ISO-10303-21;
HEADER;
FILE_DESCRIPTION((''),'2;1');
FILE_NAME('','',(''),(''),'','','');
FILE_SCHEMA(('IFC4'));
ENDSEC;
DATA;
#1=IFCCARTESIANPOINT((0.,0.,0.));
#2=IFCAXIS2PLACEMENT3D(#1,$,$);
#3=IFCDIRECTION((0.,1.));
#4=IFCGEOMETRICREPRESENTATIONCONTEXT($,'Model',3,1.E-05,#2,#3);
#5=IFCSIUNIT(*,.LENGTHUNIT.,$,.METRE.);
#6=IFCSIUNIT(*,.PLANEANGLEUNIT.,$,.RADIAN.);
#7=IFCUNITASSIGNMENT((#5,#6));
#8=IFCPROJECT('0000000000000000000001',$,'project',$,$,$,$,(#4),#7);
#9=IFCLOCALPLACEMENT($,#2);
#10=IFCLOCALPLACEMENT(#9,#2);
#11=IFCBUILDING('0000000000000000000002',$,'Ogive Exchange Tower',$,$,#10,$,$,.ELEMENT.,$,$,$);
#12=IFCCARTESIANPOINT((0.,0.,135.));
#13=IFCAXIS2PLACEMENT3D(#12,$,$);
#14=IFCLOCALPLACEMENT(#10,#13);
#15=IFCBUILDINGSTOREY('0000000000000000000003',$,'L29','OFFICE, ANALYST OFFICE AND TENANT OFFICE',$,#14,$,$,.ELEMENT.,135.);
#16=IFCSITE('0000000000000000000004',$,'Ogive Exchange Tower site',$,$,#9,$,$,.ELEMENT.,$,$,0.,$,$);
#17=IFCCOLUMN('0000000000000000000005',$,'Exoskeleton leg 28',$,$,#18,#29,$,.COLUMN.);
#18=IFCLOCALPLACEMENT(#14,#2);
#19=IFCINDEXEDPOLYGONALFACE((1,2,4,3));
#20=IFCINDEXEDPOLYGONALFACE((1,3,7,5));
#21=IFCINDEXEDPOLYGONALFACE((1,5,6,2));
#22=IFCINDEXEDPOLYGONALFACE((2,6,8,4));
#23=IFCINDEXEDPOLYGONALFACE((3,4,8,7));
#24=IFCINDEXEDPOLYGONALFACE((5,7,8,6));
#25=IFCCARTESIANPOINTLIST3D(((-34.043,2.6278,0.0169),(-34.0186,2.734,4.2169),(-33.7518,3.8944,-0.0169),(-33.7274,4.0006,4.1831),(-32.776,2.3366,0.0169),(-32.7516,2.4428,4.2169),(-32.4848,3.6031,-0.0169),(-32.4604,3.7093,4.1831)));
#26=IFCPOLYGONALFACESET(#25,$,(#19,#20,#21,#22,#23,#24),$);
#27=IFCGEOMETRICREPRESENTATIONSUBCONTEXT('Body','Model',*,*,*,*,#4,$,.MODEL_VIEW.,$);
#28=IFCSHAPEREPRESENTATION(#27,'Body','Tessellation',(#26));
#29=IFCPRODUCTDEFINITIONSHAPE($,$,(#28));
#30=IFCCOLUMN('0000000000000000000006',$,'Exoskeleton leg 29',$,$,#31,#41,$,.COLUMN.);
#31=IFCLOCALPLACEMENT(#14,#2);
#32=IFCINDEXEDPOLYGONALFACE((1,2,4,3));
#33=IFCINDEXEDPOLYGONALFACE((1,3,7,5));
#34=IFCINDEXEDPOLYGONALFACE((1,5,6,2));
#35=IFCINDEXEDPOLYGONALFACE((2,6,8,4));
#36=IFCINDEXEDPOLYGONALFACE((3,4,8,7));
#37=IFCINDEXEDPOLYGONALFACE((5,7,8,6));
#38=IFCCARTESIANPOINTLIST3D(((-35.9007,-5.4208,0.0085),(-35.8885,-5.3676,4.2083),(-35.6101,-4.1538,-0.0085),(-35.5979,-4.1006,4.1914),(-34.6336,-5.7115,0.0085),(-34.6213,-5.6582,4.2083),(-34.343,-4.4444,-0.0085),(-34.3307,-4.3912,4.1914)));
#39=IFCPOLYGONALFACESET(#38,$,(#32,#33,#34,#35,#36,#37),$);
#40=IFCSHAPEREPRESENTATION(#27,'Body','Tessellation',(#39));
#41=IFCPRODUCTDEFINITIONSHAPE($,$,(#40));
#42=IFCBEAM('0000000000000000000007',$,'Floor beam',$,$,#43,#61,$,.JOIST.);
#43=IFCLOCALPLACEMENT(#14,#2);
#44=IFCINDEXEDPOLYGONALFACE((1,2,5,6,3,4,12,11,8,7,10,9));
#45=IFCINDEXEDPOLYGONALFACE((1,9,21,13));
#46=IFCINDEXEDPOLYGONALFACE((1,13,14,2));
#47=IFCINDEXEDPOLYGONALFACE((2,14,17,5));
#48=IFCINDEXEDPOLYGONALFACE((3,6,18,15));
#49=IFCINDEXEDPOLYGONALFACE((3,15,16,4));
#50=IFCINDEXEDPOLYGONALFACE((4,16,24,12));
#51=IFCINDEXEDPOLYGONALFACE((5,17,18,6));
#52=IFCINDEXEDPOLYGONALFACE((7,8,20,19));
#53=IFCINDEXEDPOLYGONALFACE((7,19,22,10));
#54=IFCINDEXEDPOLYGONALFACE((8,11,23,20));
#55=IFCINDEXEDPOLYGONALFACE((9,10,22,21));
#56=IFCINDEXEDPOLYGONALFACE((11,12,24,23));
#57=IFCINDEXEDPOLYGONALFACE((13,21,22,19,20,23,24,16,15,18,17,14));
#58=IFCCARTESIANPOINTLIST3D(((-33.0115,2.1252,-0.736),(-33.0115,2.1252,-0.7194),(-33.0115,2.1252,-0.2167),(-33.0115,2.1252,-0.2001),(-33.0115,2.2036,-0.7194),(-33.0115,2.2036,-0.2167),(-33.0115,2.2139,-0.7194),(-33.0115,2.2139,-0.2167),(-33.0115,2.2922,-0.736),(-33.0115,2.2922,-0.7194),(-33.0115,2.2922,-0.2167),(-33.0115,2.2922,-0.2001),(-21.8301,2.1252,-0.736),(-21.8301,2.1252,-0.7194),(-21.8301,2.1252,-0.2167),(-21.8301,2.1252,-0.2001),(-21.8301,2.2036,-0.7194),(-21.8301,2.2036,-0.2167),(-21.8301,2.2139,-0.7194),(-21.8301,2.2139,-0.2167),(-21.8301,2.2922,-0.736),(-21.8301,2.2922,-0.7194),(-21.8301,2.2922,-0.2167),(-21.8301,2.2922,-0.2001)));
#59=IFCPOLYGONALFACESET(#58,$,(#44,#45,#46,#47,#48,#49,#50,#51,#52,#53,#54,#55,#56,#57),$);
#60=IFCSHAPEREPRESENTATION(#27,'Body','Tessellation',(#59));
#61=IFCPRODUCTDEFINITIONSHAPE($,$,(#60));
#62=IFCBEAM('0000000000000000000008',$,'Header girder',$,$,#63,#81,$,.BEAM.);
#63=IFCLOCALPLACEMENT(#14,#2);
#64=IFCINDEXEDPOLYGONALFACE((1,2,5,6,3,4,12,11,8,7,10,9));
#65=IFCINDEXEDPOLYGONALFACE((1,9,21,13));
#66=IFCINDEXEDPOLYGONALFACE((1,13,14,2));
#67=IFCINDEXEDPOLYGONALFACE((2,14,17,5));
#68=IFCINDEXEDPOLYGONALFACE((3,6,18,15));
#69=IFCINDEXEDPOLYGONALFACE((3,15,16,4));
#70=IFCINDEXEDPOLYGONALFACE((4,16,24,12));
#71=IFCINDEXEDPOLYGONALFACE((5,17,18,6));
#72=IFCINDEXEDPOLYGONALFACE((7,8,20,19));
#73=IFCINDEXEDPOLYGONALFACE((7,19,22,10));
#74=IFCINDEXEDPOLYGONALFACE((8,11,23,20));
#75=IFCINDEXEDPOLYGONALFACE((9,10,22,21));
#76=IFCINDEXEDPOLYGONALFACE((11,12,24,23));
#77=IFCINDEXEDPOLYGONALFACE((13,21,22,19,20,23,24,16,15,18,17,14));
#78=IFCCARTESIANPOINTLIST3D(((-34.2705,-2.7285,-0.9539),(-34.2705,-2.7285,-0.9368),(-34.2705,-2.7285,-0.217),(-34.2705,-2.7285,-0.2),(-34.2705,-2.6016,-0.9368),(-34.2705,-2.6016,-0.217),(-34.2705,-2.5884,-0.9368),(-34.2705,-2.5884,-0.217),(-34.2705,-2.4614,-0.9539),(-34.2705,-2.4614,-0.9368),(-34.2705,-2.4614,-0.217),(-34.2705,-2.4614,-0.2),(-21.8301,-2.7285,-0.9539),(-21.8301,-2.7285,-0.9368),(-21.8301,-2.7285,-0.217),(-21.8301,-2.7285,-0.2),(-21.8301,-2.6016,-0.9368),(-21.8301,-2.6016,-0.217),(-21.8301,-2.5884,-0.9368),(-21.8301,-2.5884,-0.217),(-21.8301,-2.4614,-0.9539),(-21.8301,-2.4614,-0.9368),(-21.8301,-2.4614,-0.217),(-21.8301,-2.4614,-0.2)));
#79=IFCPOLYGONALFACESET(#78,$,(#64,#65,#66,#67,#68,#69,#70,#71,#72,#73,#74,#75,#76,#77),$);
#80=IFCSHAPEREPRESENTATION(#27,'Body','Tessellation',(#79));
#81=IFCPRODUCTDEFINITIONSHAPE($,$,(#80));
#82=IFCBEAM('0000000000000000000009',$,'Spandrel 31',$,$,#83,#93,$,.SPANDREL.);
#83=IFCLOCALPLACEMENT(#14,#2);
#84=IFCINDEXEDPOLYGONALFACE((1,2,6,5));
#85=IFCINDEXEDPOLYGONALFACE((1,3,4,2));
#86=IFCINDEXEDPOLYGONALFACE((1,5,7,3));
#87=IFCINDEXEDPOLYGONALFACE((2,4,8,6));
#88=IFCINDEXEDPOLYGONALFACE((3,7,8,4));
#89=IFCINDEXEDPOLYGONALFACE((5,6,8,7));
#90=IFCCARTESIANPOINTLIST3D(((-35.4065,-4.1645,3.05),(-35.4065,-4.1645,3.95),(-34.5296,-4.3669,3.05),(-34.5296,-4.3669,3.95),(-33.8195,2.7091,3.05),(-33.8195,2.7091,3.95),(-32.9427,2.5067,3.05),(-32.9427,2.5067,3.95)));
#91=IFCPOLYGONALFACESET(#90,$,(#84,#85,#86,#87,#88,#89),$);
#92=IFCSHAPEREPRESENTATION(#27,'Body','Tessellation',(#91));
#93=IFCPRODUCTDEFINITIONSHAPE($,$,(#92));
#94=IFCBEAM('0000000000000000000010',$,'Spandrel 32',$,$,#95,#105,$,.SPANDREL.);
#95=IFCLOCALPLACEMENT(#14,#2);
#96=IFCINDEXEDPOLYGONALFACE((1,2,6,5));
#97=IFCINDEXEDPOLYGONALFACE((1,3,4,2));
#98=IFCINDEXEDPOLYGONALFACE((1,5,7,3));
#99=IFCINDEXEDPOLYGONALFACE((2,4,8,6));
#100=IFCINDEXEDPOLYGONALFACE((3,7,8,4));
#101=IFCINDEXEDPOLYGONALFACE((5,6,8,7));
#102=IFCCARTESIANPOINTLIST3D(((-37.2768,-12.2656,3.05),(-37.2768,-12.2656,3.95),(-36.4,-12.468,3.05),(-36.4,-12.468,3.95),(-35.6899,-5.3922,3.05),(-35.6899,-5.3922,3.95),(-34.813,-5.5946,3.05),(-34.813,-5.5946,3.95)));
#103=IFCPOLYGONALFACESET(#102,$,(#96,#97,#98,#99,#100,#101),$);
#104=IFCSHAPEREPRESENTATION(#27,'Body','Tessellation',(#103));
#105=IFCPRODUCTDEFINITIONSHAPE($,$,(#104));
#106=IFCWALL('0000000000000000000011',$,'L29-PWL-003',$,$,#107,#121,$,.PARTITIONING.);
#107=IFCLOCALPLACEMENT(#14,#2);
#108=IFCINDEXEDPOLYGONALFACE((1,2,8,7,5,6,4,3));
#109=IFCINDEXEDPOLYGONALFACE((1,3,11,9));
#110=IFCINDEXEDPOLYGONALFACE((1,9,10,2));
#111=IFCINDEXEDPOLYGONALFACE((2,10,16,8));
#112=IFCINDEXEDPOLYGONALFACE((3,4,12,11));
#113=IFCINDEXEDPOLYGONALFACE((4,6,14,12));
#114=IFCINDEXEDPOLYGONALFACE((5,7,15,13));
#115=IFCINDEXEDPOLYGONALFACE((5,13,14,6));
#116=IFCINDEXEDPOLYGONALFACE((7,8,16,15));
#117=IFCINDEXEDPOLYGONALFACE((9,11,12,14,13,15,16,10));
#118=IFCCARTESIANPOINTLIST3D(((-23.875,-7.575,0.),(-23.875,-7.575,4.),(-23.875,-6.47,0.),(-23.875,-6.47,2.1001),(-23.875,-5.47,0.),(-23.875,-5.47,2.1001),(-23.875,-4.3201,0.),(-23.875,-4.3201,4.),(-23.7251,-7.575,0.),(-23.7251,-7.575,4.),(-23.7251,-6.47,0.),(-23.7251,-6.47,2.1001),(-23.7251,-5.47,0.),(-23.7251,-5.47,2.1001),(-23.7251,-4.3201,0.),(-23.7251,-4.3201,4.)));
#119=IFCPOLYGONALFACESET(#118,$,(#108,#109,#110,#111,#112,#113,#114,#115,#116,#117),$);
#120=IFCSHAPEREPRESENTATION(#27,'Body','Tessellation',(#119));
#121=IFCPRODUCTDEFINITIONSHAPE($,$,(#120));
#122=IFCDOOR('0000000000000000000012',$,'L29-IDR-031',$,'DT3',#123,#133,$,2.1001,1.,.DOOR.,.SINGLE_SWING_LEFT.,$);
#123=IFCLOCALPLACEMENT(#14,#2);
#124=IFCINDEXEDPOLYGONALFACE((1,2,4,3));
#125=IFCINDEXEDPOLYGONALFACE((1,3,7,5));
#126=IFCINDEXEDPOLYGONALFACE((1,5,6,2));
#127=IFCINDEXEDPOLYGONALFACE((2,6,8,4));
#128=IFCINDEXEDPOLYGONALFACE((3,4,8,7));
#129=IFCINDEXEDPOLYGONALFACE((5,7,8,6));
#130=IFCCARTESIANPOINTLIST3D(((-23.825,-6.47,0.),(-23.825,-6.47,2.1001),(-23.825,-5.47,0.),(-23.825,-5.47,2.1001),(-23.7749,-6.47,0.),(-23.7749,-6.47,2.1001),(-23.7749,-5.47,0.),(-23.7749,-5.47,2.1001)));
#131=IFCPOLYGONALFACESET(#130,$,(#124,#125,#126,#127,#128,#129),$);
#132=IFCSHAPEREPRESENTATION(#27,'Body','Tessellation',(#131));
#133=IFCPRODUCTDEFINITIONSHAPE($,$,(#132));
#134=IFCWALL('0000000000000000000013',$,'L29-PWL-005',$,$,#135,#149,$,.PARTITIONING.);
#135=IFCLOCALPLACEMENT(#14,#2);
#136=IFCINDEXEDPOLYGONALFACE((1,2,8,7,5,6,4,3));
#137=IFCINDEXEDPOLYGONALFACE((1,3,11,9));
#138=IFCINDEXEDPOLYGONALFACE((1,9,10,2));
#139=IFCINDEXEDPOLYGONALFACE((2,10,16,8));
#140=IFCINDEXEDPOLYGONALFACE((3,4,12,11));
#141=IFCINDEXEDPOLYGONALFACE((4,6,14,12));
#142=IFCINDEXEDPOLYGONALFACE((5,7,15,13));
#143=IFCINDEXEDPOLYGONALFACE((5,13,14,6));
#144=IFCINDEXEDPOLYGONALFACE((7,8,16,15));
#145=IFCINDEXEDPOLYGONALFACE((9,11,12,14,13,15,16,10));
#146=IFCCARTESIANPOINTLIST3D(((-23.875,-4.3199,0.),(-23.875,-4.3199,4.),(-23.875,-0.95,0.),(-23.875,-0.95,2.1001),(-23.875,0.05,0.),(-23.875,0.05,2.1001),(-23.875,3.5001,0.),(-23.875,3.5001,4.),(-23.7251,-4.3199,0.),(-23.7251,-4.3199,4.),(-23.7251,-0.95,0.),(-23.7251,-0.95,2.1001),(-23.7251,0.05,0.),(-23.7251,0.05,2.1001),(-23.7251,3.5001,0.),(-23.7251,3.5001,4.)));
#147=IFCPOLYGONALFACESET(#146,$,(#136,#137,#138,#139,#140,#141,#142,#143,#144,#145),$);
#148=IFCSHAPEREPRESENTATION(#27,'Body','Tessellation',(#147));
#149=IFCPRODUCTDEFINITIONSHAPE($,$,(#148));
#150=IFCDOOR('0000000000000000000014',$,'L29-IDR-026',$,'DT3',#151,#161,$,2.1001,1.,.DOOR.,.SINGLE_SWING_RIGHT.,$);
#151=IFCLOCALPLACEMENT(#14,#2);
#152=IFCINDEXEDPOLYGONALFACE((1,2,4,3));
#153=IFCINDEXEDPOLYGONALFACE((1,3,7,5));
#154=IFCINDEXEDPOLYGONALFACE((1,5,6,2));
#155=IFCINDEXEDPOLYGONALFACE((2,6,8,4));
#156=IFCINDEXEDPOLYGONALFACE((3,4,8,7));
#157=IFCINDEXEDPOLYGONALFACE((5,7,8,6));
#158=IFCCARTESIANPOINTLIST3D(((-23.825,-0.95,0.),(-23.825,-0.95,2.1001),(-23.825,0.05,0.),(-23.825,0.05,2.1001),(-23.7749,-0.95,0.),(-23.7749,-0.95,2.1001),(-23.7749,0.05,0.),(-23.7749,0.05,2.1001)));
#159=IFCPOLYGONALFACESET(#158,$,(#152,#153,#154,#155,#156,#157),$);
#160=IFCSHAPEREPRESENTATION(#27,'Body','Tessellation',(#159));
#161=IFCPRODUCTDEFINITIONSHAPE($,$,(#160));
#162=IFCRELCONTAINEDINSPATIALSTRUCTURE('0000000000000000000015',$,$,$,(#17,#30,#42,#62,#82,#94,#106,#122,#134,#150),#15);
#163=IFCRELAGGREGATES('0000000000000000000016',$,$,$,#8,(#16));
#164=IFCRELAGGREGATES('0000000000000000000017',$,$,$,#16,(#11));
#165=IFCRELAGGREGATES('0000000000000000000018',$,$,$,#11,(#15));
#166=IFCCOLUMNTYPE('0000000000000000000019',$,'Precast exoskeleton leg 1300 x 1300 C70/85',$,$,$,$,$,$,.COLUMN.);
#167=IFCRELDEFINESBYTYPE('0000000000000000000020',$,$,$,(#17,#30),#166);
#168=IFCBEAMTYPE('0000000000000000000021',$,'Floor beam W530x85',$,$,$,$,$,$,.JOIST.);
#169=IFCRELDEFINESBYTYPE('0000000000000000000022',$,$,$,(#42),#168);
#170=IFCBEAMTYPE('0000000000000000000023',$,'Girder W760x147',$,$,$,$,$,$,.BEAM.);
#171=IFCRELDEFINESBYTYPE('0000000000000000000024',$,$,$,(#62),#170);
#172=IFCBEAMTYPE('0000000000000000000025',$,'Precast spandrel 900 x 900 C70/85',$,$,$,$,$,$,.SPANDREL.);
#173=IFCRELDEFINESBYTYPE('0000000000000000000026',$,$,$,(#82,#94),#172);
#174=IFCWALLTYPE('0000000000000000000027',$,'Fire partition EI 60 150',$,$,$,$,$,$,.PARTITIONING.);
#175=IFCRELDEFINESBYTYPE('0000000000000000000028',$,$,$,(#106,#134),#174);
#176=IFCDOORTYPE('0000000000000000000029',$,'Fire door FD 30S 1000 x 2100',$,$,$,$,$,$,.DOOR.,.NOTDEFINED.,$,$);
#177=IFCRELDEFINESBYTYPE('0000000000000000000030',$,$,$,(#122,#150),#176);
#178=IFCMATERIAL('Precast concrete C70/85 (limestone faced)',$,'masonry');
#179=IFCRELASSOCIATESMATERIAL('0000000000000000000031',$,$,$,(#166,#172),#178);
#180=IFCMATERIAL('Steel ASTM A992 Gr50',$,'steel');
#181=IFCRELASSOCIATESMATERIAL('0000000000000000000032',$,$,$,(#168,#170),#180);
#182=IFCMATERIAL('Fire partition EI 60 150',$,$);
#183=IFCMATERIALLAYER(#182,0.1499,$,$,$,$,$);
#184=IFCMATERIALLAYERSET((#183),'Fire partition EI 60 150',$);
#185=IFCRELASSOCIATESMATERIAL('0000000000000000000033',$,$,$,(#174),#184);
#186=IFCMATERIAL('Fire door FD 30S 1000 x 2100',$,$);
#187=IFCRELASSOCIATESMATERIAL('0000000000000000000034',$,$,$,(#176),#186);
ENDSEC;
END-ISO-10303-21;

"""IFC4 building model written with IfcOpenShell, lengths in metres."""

from ifc_helpers import new_model, si_unit, direction, frame, frame_2d, origin, origin_2d, place, context, subcontext, project, spatial, rectangle, i_section, extrude, material, layer, layer_set, material_profile, profile_set, type_object, element, fill, save


model = new_model("IFC4")

# Units and contexts
model_context = context("Model", 3, precision=1e-05, world=origin(), true_north=direction((0.0, 1.0)))
body_context = subcontext(model_context, "Body", "Model", "MODEL_VIEW")
ifc_project = project(units=[si_unit("LENGTHUNIT", "METRE"), si_unit("PLANEANGLEUNIT", "RADIAN")], contexts=[model_context])

# Site, building, storey
site_placement = place(None, origin())
site = spatial("IfcSite", under=ifc_project, at=site_placement, Name="Ogive Exchange Tower site", CompositionType="ELEMENT", RefElevation=0.0)
building_placement = place(site_placement, origin())
building = spatial("IfcBuilding", under=site, at=building_placement, Name="Ogive Exchange Tower", CompositionType="ELEMENT")
storey_placement = place(building_placement, frame((0.0, 0.0, 135.0)))
storey = spatial("IfcBuildingStorey", under=building, at=storey_placement, Name="L29", Description="OFFICE, ANALYST OFFICE AND TENANT OFFICE", CompositionType="ELEMENT", Elevation=135.0)

# Columns
ifc_material_1 = material(Name="Precast concrete C70/85 (limestone faced)", Category="masonry")
ifc_material_profile_1 = material_profile(ifc_material_1, rectangle(XDim=1.3, YDim=1.3, at=origin_2d()), Name="1300 x 1300")
ifc_profile_set_1 = profile_set([ifc_material_profile_1], Name="Precast concrete C70/85 (limestone faced)")
column_type = type_object("IfcColumnType", Name="Precast exoskeleton leg 1300 x 1300 C70/85", PredefinedType="COLUMN", material=ifc_profile_set_1)
column_1_placement = place(storey_placement, frame((-33.2639, 3.1155, 0.0), z_axis=(0.005811, 0.025278, 0.999664), x_axis=(-0.97458, 0.224041, 0.0)))
element("IfcColumn", 1, at=column_1_placement, inside=storey, type_object=column_type, Name="Exoskeleton leg 28", PredefinedType="COLUMN", context=body_context, shape_type="SweptSolid", body=[
    extrude(rectangle(XDim=1.3, YDim=1.3, at=origin_2d()), origin(), (0.0, 0.0, 1.0), 4.2014),
])
column_2_placement = place(storey_placement, frame((-35.1218, -4.9326, 0.0), z_axis=(0.002906, 0.012671, 0.999915), x_axis=(-0.974692, 0.223553, 0.0)))
element("IfcColumn", 2, at=column_2_placement, inside=storey, type_object=column_type, Name="Exoskeleton leg 29", PredefinedType="COLUMN", context=body_context, shape_type="SweptSolid", body=[
    extrude(rectangle(XDim=1.3, YDim=1.3, at=origin_2d()), origin(), (0.0, 0.0, 1.0), 4.2002),
])

# Beams
ifc_material_2 = material(Name="Steel ASTM A992 Gr50", Category="steel")
ifc_material_profile_2 = material_profile(ifc_material_2, i_section(OverallWidth=0.167, OverallDepth=0.5359, WebThickness=0.0103, FlangeThickness=0.0166, at=origin_2d()), Name="W530x85")
ifc_profile_set_2 = profile_set([ifc_material_profile_2], Name="Steel ASTM A992 Gr50")
beam_type_1 = type_object("IfcBeamType", Name="Floor beam W530x85", PredefinedType="JOIST", material=ifc_profile_set_2)
beam_1_placement = place(storey_placement, frame((-33.0115, 2.2087, -0.468), z_axis=(1.0, 0.0, 0.0), x_axis=(0.0, 1.0, 0.0)))
element("IfcBeam", 3, at=beam_1_placement, inside=storey, type_object=beam_type_1, Name="Floor beam", PredefinedType="JOIST", context=body_context, shape_type="SweptSolid", body=[
    extrude(i_section(OverallWidth=0.167, OverallDepth=0.5359, WebThickness=0.0103, FlangeThickness=0.0166, at=origin_2d()), origin(), (0.0, 0.0, 1.0), 11.1814),
])
ifc_material_profile_3 = material_profile(ifc_material_2, i_section(OverallWidth=0.2671, OverallDepth=0.7539, WebThickness=0.0132, FlangeThickness=0.0171, at=origin_2d()), Name="W760x147")
ifc_profile_set_3 = profile_set([ifc_material_profile_3], Name="Steel ASTM A992 Gr50")
beam_type_2 = type_object("IfcBeamType", Name="Girder W760x147", PredefinedType="BEAM", material=ifc_profile_set_3)
beam_2_placement = place(storey_placement, frame((-34.2705, -2.595, -0.5769), z_axis=(1.0, 0.0, 0.0), x_axis=(0.0, 1.0, 0.0)))
element("IfcBeam", 4, at=beam_2_placement, inside=storey, type_object=beam_type_2, Name="Header girder", PredefinedType="BEAM", context=body_context, shape_type="SweptSolid", body=[
    extrude(i_section(OverallWidth=0.2671, OverallDepth=0.7539, WebThickness=0.0132, FlangeThickness=0.0171, at=origin_2d()), origin(), (0.0, 0.0, 1.0), 12.4404),
])
ifc_material_profile_4 = material_profile(ifc_material_1, rectangle(XDim=0.8999, YDim=0.8999, at=origin_2d()), Name="900 x 900")
ifc_profile_set_4 = profile_set([ifc_material_profile_4], Name="Precast concrete C70/85 (limestone faced)")
beam_type_3 = type_object("IfcBeamType", Name="Precast spandrel 900 x 900 C70/85", PredefinedType="SPANDREL", material=ifc_profile_set_4)
beam_3_placement = place(storey_placement, frame((-33.3811, 2.6079, 3.5), z_axis=(-0.224956, -0.974369, 0.0), x_axis=(0.974369, -0.224956, 0.0)))
element("IfcBeam", 5, at=beam_3_placement, inside=storey, type_object=beam_type_3, Name="Spandrel 31", PredefinedType="SPANDREL", context=body_context, shape_type="SweptSolid", body=[
    extrude(rectangle(XDim=0.8999, YDim=0.8999, at=origin_2d()), origin(), (0.0, 0.0, 1.0), 7.0544),
])
beam_4_placement = place(storey_placement, frame((-35.2515, -5.4934, 3.5), z_axis=(-0.224963, -0.974367, 0.0), x_axis=(0.974367, -0.224963, 0.0)))
element("IfcBeam", 6, at=beam_4_placement, inside=storey, type_object=beam_type_3, Name="Spandrel 32", PredefinedType="SPANDREL", context=body_context, shape_type="SweptSolid", body=[
    extrude(rectangle(XDim=0.8999, YDim=0.8999, at=origin_2d()), origin(), (0.0, 0.0, 1.0), 7.0542),
])

# Walls, openings, doors
ifc_material_3 = material(Name="Fire partition EI 60 150")
ifc_layer_1 = layer(ifc_material_3, 0.1499)
ifc_layer_set_1 = layer_set([ifc_layer_1], Name="Fire partition EI 60 150")
wall_type_1 = type_object("IfcWallType", Name="Fire partition EI 60 150", PredefinedType="PARTITIONING", material=ifc_layer_set_1)
wall_1_placement = place(storey_placement, frame((-23.8, -7.575, 0.0), z_axis=(0.0, 0.0, 1.0), x_axis=(0.0, 1.0, 0.0)))
wall_1 = element("IfcWall", 7, at=wall_1_placement, inside=storey, type_object=wall_type_1, Name="L29-PWL-003", PredefinedType="PARTITIONING", context=body_context, shape_type="SweptSolid", body=[
    extrude(rectangle(XDim=3.2549, YDim=0.1499, at=frame_2d((1.6274, 0.0))), origin(), (0.0, 0.0, 1.0), 4.0),
])
opening_1_placement = place(wall_1_placement, frame((1.105, 0.0, 0.0)))
opening_1 = element("IfcOpeningElement", 8, at=opening_1_placement, cuts=wall_1, PredefinedType="OPENING", context=body_context, shape_type="SweptSolid", body=[
    extrude(rectangle(XDim=1.0, YDim=2.1001, at=frame_2d((0.5, 1.05))), frame((0.0, 0.085, 0.0), z_axis=(0.0, -1.0, 0.0), x_axis=(1.0, 0.0, 0.0)), (0.0, 0.0, 1.0), 0.1699),
])
ifc_material_4 = material(Name="Fire door FD 30S 1000 x 2100")
door_type_1 = type_object("IfcDoorType", Name="Fire door FD 30S 1000 x 2100", OperationType="NOTDEFINED", PredefinedType="DOOR", material=ifc_material_4)
door_1_placement = place(opening_1_placement, origin())
door_1 = element("IfcDoor", 9, at=door_1_placement, inside=storey, type_object=door_type_1, Name="L29-IDR-031", ObjectType="DT3", OperationType="SINGLE_SWING_LEFT", OverallHeight=2.1001, OverallWidth=1.0, PredefinedType="DOOR", context=body_context, shape_type="SweptSolid", body=[
    extrude(rectangle(XDim=1.0, YDim=2.1001, at=frame_2d((0.5, 1.05))), frame((0.0, 0.0249, 0.0), z_axis=(0.0, -1.0, 0.0), x_axis=(1.0, 0.0, 0.0)), (0.0, 0.0, 1.0), 0.05),
])
fill(opening_1, door_1)
wall_2_placement = place(storey_placement, frame((-23.8, -4.3201, 0.0), z_axis=(0.0, 0.0, 1.0), x_axis=(0.0, 1.0, 0.0)))
wall_2 = element("IfcWall", 10, at=wall_2_placement, inside=storey, type_object=wall_type_1, Name="L29-PWL-005", PredefinedType="PARTITIONING", context=body_context, shape_type="SweptSolid", body=[
    extrude(rectangle(XDim=7.8201, YDim=0.1499, at=frame_2d((3.9102, 0.0))), origin(), (0.0, 0.0, 1.0), 4.0),
])
opening_2_placement = place(wall_2_placement, frame((3.3701, 0.0, 0.0)))
opening_2 = element("IfcOpeningElement", 11, at=opening_2_placement, cuts=wall_2, PredefinedType="OPENING", context=body_context, shape_type="SweptSolid", body=[
    extrude(rectangle(XDim=1.0, YDim=2.1001, at=frame_2d((0.5, 1.05))), frame((0.0, 0.085, 0.0), z_axis=(0.0, -1.0, 0.0), x_axis=(1.0, 0.0, 0.0)), (0.0, 0.0, 1.0), 0.1699),
])
door_2_placement = place(opening_2_placement, origin())
door_2 = element("IfcDoor", 12, at=door_2_placement, inside=storey, type_object=door_type_1, Name="L29-IDR-026", ObjectType="DT3", OperationType="SINGLE_SWING_RIGHT", OverallHeight=2.1001, OverallWidth=1.0, PredefinedType="DOOR", context=body_context, shape_type="SweptSolid", body=[
    extrude(rectangle(XDim=1.0, YDim=2.1001, at=frame_2d((0.5, 1.05))), frame((0.0, 0.0249, 0.0), z_axis=(0.0, -1.0, 0.0), x_axis=(1.0, 0.0, 0.0)), (0.0, 0.0, 1.0), 0.05),
])
fill(opening_2, door_2)

save(model, "model.ifc")
